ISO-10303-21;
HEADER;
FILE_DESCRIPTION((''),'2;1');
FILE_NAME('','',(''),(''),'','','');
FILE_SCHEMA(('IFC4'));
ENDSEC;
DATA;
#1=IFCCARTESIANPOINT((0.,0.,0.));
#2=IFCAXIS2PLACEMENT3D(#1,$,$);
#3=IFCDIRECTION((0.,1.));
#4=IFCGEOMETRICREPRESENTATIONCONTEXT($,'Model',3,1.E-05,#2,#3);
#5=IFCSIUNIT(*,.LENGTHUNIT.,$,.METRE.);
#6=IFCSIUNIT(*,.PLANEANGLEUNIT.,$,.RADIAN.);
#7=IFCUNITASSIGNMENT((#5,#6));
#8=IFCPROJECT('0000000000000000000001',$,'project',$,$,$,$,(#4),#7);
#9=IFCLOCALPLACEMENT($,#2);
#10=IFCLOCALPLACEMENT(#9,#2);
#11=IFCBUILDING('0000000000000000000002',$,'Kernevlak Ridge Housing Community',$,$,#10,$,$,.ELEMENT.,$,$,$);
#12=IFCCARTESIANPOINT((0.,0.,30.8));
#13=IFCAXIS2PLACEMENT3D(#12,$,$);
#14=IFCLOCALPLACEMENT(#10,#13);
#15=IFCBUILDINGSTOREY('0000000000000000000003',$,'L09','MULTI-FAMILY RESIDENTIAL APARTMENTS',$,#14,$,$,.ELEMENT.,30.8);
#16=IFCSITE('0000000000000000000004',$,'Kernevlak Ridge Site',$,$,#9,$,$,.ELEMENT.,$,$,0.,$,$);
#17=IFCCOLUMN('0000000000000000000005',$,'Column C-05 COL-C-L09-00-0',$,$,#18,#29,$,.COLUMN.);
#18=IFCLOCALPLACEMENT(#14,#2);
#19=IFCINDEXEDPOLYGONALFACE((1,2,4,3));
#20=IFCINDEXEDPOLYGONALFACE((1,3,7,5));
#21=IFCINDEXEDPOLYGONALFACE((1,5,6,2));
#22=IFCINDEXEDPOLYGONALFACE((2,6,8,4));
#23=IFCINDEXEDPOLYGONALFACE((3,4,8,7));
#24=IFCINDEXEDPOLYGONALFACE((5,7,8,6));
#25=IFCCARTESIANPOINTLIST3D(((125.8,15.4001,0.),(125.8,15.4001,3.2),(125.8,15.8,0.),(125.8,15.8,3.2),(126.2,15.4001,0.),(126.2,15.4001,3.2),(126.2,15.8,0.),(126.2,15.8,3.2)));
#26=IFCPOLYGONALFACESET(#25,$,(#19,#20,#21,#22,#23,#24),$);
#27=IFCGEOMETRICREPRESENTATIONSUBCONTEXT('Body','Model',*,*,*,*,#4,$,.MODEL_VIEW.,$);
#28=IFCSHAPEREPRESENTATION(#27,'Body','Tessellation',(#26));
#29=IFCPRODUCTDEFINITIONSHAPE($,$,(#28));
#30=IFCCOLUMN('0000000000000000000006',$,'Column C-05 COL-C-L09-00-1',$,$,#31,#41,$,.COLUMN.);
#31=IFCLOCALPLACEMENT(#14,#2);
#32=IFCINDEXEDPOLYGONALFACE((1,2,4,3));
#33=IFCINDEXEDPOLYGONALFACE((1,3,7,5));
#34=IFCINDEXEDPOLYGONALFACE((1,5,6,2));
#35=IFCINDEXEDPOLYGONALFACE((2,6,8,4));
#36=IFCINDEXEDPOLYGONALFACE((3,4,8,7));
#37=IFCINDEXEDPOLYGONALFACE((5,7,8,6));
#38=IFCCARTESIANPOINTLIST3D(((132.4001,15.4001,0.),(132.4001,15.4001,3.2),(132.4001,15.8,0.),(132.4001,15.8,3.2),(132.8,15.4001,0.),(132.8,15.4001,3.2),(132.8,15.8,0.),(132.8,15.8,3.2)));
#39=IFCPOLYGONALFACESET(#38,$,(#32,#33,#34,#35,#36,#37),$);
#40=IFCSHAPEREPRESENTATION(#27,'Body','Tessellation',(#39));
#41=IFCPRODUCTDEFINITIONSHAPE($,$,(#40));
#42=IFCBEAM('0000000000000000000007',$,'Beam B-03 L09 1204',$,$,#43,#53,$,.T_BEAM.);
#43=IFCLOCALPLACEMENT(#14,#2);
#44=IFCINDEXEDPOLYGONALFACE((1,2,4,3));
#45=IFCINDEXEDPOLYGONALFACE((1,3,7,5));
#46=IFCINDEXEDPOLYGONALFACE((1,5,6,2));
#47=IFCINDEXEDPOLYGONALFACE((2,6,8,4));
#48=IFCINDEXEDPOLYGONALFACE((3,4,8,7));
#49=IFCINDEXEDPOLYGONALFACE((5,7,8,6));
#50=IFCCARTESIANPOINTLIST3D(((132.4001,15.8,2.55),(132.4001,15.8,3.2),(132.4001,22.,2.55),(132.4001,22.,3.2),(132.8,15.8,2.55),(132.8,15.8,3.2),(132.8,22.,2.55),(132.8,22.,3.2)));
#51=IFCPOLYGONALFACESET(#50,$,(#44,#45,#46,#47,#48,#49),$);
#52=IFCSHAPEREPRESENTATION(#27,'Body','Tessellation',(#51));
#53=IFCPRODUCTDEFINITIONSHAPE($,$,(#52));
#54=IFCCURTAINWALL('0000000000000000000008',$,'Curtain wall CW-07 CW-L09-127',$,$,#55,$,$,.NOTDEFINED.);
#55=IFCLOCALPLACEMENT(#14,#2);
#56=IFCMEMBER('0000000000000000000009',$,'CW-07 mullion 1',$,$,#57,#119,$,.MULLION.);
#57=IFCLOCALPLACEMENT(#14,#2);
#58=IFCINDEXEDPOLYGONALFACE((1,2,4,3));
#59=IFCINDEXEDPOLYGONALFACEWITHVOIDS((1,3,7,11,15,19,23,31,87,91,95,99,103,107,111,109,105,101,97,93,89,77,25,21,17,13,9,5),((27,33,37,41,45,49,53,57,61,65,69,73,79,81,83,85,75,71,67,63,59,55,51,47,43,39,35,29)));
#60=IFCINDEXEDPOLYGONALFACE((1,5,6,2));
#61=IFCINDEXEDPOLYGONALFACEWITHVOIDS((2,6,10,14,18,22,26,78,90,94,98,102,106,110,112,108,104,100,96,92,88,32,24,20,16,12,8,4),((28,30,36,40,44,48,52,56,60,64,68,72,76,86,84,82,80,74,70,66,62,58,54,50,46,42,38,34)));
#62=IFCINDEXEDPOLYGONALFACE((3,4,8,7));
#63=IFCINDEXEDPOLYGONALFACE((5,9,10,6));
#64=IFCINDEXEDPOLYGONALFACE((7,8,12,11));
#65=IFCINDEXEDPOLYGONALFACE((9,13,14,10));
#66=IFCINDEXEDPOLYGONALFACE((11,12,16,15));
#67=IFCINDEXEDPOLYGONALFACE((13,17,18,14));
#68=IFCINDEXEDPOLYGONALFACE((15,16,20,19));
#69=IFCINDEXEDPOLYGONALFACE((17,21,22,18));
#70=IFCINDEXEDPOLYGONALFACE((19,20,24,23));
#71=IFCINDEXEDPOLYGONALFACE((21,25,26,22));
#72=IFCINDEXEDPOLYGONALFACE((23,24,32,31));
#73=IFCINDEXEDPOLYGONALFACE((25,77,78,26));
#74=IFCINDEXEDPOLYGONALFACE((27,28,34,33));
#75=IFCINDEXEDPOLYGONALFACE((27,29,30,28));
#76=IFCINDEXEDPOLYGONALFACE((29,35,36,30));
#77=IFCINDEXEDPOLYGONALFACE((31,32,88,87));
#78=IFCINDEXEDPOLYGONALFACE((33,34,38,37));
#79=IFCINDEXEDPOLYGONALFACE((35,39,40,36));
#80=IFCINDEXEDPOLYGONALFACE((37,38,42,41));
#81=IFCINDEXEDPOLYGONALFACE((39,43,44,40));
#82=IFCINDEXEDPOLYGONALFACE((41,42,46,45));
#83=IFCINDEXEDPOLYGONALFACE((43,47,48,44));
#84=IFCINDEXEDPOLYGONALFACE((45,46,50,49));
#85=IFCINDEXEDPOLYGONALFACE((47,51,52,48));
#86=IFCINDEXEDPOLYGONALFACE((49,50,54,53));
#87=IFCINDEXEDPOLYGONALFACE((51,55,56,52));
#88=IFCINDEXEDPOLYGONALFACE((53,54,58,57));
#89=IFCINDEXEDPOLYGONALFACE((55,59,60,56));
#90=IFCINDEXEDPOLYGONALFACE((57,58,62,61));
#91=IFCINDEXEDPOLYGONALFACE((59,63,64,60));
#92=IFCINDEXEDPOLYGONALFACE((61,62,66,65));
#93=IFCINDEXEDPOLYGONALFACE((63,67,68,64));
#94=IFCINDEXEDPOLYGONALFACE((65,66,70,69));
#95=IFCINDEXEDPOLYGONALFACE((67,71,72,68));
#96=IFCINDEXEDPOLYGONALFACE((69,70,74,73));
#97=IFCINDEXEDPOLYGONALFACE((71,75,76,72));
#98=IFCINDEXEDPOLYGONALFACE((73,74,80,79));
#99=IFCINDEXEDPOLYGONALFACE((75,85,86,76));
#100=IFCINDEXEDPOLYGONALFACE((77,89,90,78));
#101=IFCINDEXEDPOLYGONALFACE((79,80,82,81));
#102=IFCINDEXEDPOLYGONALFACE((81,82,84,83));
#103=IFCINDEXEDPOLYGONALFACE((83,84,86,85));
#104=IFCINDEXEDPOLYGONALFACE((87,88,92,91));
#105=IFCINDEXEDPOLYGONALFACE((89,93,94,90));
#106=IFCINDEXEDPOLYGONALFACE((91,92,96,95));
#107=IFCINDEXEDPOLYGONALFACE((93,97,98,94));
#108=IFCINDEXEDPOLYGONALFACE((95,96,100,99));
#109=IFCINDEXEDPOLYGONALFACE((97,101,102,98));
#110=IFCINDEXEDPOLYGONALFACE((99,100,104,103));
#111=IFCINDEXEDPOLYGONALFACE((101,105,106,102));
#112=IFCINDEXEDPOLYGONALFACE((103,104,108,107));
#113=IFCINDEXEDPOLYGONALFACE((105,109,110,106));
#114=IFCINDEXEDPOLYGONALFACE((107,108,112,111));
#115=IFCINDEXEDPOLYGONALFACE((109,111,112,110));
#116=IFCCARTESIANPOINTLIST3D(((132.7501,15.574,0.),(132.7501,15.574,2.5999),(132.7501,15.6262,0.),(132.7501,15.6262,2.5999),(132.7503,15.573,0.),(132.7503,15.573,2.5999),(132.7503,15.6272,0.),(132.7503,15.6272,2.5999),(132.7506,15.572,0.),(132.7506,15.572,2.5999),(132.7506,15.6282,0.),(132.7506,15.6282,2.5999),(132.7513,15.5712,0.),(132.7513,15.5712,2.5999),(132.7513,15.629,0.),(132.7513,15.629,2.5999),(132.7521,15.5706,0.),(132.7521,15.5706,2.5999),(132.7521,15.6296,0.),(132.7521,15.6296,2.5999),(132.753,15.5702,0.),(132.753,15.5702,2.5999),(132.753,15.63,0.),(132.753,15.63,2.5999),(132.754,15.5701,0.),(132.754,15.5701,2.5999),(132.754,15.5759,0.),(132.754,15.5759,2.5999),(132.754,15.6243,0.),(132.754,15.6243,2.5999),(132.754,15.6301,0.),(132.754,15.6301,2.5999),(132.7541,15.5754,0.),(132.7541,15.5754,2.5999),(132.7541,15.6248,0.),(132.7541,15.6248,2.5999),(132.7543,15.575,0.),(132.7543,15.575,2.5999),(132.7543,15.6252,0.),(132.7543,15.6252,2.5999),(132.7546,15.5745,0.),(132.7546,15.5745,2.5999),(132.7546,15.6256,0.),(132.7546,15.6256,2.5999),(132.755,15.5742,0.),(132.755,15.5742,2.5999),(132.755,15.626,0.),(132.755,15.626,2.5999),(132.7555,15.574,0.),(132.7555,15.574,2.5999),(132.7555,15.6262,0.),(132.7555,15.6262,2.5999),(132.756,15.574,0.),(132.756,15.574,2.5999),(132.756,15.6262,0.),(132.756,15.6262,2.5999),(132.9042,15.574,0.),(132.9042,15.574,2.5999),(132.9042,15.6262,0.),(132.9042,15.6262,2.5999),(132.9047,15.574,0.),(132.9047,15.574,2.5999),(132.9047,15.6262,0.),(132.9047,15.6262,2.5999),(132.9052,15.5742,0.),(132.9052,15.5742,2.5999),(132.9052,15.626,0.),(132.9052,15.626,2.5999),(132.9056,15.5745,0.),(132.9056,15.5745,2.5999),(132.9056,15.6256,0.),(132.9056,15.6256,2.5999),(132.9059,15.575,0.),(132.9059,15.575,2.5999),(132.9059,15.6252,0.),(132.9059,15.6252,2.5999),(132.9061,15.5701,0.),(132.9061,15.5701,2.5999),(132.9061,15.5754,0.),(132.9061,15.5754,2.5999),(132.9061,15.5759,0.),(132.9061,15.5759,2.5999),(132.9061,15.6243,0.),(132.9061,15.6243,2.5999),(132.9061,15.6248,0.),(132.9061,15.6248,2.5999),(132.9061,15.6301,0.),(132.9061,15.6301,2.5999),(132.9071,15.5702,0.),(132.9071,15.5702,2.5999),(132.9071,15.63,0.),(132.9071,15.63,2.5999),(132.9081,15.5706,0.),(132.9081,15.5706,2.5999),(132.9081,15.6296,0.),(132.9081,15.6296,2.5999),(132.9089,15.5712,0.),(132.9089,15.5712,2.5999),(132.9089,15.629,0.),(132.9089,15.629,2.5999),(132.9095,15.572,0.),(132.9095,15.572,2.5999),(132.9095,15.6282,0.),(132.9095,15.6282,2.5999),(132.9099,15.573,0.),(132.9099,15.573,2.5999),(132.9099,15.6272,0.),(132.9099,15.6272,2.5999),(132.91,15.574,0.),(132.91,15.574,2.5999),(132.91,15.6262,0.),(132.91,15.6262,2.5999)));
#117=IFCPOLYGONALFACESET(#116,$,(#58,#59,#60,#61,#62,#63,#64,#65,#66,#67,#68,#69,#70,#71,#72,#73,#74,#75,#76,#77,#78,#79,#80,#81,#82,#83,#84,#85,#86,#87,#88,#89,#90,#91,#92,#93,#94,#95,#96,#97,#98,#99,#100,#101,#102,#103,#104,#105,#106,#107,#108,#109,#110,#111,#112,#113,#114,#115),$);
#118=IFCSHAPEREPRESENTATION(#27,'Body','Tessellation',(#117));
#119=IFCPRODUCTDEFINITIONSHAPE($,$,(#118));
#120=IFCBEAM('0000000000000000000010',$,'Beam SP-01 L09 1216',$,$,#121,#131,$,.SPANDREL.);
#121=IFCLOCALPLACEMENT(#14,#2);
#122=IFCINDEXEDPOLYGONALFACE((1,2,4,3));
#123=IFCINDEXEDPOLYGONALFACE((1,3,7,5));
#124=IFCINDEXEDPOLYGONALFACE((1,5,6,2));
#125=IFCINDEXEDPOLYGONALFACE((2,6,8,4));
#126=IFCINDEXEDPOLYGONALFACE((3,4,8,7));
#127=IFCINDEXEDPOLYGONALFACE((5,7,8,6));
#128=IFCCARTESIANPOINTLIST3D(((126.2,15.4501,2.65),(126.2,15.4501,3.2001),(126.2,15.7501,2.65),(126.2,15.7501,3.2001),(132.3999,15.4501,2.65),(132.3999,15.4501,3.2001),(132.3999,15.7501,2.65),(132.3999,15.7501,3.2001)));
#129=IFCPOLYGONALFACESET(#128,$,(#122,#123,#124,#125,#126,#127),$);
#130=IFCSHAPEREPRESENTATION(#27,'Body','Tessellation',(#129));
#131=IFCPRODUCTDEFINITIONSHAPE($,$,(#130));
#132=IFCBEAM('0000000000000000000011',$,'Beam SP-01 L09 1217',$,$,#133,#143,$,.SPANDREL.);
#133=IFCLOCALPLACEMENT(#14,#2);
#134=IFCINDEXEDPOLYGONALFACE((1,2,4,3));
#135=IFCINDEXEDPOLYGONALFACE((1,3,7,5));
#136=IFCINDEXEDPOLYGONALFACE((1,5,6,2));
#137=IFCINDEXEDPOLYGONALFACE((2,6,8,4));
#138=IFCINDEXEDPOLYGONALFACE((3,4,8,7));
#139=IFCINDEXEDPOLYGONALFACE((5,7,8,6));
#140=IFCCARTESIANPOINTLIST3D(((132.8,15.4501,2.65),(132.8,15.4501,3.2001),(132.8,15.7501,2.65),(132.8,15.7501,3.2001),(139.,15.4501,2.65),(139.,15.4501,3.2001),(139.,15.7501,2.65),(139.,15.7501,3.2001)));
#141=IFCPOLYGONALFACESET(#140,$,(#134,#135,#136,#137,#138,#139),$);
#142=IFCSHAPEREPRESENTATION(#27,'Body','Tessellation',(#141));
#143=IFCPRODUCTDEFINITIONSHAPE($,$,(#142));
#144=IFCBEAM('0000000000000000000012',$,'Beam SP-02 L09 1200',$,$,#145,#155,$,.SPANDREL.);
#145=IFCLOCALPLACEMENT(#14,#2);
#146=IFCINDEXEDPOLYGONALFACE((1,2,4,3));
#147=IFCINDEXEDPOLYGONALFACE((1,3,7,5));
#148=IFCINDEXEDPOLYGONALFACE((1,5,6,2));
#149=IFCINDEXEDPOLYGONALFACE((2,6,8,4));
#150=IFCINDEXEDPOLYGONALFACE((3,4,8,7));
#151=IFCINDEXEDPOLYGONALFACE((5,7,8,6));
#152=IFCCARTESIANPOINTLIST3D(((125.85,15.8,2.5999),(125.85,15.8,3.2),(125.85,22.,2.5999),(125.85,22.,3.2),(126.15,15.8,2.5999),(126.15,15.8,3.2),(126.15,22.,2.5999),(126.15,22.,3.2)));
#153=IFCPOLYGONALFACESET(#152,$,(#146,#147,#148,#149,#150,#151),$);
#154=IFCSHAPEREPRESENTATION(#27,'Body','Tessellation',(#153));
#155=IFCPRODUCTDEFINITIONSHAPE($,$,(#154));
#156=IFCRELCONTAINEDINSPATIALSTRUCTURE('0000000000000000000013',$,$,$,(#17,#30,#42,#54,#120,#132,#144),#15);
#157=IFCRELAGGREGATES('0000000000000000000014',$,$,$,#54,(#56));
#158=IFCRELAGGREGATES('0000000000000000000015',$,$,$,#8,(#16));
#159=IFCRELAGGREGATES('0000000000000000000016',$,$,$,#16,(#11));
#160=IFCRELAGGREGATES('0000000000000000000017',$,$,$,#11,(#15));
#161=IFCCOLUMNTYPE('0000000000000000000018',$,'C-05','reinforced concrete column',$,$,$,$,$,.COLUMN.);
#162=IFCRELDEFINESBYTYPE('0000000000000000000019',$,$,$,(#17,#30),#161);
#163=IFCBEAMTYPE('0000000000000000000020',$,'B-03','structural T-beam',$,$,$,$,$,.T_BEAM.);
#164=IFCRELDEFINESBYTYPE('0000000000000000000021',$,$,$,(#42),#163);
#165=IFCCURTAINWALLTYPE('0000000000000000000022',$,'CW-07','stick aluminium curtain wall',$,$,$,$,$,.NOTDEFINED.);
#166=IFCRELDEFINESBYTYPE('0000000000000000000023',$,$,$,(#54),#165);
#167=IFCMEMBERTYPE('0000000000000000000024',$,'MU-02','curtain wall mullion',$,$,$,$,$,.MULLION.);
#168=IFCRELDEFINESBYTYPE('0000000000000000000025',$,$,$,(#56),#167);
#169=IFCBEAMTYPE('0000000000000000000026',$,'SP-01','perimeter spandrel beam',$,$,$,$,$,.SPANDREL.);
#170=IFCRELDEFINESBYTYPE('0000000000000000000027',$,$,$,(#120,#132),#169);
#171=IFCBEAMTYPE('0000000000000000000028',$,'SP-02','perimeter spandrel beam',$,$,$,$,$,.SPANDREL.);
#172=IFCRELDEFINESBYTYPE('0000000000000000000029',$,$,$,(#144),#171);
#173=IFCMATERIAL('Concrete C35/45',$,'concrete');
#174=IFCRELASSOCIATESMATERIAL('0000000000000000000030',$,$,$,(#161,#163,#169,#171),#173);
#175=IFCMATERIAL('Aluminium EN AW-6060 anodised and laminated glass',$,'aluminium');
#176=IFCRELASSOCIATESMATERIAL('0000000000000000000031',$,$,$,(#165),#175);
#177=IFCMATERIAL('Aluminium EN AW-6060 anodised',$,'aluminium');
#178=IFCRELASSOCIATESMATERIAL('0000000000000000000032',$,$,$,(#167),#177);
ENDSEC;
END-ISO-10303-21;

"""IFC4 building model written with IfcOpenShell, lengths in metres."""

from ifc_helpers import new_model, si_unit, direction, frame, origin, origin_2d, place, context, subcontext, project, spatial, rectangle, hollow_rectangle, extrude, material, material_profile, profile_set, type_object, element, aggregate, save


model = new_model("IFC4")

# Units and contexts
model_context = context("Model", 3, precision=1e-05, world=origin(), true_north=direction((0.0, 1.0)))
body_context = subcontext(model_context, "Body", "Model", "MODEL_VIEW")
ifc_project = project(units=[si_unit("LENGTHUNIT", "METRE"), si_unit("PLANEANGLEUNIT", "RADIAN")], contexts=[model_context])

# Site, building, storey
site_placement = place(None, origin())
site = spatial("IfcSite", under=ifc_project, at=site_placement, Name="Kernevlak Ridge Site", CompositionType="ELEMENT", RefElevation=0.0)
building_placement = place(site_placement, origin())
building = spatial("IfcBuilding", under=site, at=building_placement, Name="Kernevlak Ridge Housing Community", CompositionType="ELEMENT")
storey_placement = place(building_placement, frame((0.0, 0.0, 30.8)))
storey = spatial("IfcBuildingStorey", under=building, at=storey_placement, Name="L09", Description="MULTI-FAMILY RESIDENTIAL APARTMENTS", CompositionType="ELEMENT", Elevation=30.8)

# Columns
ifc_material_1 = material(Name="Concrete C35/45", Category="concrete")
ifc_material_profile_1 = material_profile(ifc_material_1, rectangle(XDim=0.3999, YDim=0.3999, at=origin_2d()), Name="RC 400x400")
ifc_profile_set_1 = profile_set([ifc_material_profile_1], Name="Concrete C35/45")
column_type = type_object("IfcColumnType", Name="C-05", Description="reinforced concrete column", PredefinedType="COLUMN", material=ifc_profile_set_1)
for number, where, z_axis, x_axis, name in (
    (1, (126.0, 15.6001, 0.0), (0.0, 0.0, 1.0), (1.0, 0.0, 0.0), "Column C-05 COL-C-L09-00-0"),
    (2, (132.6001, 15.6001, 0.0), (0.0, 0.0, 1.0), (1.0, 0.0, 0.0), "Column C-05 COL-C-L09-00-1"),
):
    element("IfcColumn", number, at=place(storey_placement, frame(where, z_axis=z_axis, x_axis=x_axis)), inside=storey, type_object=column_type, Name=name, PredefinedType="COLUMN", context=body_context, shape_type="SweptSolid", body=[
        extrude(rectangle(XDim=0.3999, YDim=0.3999, at=origin_2d()), origin(), (0.0, 0.0, 1.0), 3.2),
    ])

# Beam
ifc_material_profile_2 = material_profile(ifc_material_1, rectangle(XDim=0.3999, YDim=0.6499, at=origin_2d()), Name="RC 400x650")
ifc_profile_set_2 = profile_set([ifc_material_profile_2], Name="Concrete C35/45")
beam_type_1 = type_object("IfcBeamType", Name="B-03", Description="structural T-beam", PredefinedType="T_BEAM", material=ifc_profile_set_2)
beam_1_placement = place(storey_placement, frame((132.6001, 15.8, 2.875), z_axis=(0.0, 1.0, 0.0), x_axis=(-1.0, 0.0, 0.0)))
element("IfcBeam", 3, at=beam_1_placement, inside=storey, type_object=beam_type_1, Name="Beam B-03 L09 1204", PredefinedType="T_BEAM", context=body_context, shape_type="SweptSolid", body=[
    extrude(rectangle(XDim=0.3999, YDim=0.6499, at=origin_2d()), origin(), (0.0, 0.0, 1.0), 6.2),
])

# Curtain wall, member
ifc_material_2 = material(Name="Aluminium EN AW-6060 anodised and laminated glass", Category="aluminium")
curtain_wall_type = type_object("IfcCurtainWallType", Name="CW-07", Description="stick aluminium curtain wall", PredefinedType="NOTDEFINED", material=ifc_material_2)
curtain_wall_placement = place(storey_placement, origin())
curtain_wall = element("IfcCurtainWall", 4, at=curtain_wall_placement, inside=storey, type_object=curtain_wall_type, Name="Curtain wall CW-07 CW-L09-127", PredefinedType="NOTDEFINED")
ifc_material_3 = material(Name="Aluminium EN AW-6060 anodised", Category="aluminium")
ifc_material_profile_3 = material_profile(ifc_material_3, hollow_rectangle(XDim=0.0601, YDim=0.1599, WallThickness=0.0039, InnerFilletRadius=0.002, OuterFilletRadius=0.0039, at=origin_2d()), Name="ALU 60x160x4")
ifc_profile_set_3 = profile_set([ifc_material_profile_3], Name="Aluminium EN AW-6060 anodised")
member_type_1 = type_object("IfcMemberType", Name="MU-02", Description="curtain wall mullion", PredefinedType="MULLION", material=ifc_profile_set_3)
member_1_placement = place(storey_placement, frame((132.8301, 15.6001, 0.0), z_axis=(0.0, 0.0, 1.0), x_axis=(0.0, 1.0, 0.0)))
member_1 = element("IfcMember", 5, at=member_1_placement, type_object=member_type_1, Name="CW-07 mullion 1", PredefinedType="MULLION", context=body_context, shape_type="SweptSolid", body=[
    extrude(hollow_rectangle(XDim=0.0601, YDim=0.1599, WallThickness=0.0039, InnerFilletRadius=0.002, OuterFilletRadius=0.0039, at=origin_2d()), origin(), (0.0, 0.0, 1.0), 2.5999),
])

# Beams
ifc_material_profile_4 = material_profile(ifc_material_1, rectangle(XDim=0.3, YDim=0.55, at=origin_2d()), Name="RC 300x550")
ifc_profile_set_4 = profile_set([ifc_material_profile_4], Name="Concrete C35/45")
beam_type_2 = type_object("IfcBeamType", Name="SP-01", Description="perimeter spandrel beam", PredefinedType="SPANDREL", material=ifc_profile_set_4)
for number, where, z_axis, x_axis, name in (
    (6, (126.2, 15.6001, 2.925), (1.0, 0.0, 0.0), (0.0, 1.0, 0.0), "Beam SP-01 L09 1216"),
    (7, (132.8, 15.6001, 2.925), (1.0, 0.0, 0.0), (0.0, 1.0, 0.0), "Beam SP-01 L09 1217"),
):
    element("IfcBeam", number, at=place(storey_placement, frame(where, z_axis=z_axis, x_axis=x_axis)), inside=storey, type_object=beam_type_2, Name=name, PredefinedType="SPANDREL", context=body_context, shape_type="SweptSolid", body=[
        extrude(rectangle(XDim=0.3, YDim=0.55, at=origin_2d()), origin(), (0.0, 0.0, 1.0), 6.2),
    ])
ifc_material_profile_5 = material_profile(ifc_material_1, rectangle(XDim=0.3, YDim=0.6001, at=origin_2d()), Name="RC 300x600")
ifc_profile_set_5 = profile_set([ifc_material_profile_5], Name="Concrete C35/45")
beam_type_3 = type_object("IfcBeamType", Name="SP-02", Description="perimeter spandrel beam", PredefinedType="SPANDREL", material=ifc_profile_set_5)
beam_2_placement = place(storey_placement, frame((126.0, 15.8, 2.8999), z_axis=(0.0, 1.0, 0.0), x_axis=(-1.0, 0.0, 0.0)))
element("IfcBeam", 8, at=beam_2_placement, inside=storey, type_object=beam_type_3, Name="Beam SP-02 L09 1200", PredefinedType="SPANDREL", context=body_context, shape_type="SweptSolid", body=[
    extrude(rectangle(XDim=0.3, YDim=0.6001, at=origin_2d()), origin(), (0.0, 0.0, 1.0), 6.2),
])

aggregate(curtain_wall, [member_1])

save(model, "model.ifc")
